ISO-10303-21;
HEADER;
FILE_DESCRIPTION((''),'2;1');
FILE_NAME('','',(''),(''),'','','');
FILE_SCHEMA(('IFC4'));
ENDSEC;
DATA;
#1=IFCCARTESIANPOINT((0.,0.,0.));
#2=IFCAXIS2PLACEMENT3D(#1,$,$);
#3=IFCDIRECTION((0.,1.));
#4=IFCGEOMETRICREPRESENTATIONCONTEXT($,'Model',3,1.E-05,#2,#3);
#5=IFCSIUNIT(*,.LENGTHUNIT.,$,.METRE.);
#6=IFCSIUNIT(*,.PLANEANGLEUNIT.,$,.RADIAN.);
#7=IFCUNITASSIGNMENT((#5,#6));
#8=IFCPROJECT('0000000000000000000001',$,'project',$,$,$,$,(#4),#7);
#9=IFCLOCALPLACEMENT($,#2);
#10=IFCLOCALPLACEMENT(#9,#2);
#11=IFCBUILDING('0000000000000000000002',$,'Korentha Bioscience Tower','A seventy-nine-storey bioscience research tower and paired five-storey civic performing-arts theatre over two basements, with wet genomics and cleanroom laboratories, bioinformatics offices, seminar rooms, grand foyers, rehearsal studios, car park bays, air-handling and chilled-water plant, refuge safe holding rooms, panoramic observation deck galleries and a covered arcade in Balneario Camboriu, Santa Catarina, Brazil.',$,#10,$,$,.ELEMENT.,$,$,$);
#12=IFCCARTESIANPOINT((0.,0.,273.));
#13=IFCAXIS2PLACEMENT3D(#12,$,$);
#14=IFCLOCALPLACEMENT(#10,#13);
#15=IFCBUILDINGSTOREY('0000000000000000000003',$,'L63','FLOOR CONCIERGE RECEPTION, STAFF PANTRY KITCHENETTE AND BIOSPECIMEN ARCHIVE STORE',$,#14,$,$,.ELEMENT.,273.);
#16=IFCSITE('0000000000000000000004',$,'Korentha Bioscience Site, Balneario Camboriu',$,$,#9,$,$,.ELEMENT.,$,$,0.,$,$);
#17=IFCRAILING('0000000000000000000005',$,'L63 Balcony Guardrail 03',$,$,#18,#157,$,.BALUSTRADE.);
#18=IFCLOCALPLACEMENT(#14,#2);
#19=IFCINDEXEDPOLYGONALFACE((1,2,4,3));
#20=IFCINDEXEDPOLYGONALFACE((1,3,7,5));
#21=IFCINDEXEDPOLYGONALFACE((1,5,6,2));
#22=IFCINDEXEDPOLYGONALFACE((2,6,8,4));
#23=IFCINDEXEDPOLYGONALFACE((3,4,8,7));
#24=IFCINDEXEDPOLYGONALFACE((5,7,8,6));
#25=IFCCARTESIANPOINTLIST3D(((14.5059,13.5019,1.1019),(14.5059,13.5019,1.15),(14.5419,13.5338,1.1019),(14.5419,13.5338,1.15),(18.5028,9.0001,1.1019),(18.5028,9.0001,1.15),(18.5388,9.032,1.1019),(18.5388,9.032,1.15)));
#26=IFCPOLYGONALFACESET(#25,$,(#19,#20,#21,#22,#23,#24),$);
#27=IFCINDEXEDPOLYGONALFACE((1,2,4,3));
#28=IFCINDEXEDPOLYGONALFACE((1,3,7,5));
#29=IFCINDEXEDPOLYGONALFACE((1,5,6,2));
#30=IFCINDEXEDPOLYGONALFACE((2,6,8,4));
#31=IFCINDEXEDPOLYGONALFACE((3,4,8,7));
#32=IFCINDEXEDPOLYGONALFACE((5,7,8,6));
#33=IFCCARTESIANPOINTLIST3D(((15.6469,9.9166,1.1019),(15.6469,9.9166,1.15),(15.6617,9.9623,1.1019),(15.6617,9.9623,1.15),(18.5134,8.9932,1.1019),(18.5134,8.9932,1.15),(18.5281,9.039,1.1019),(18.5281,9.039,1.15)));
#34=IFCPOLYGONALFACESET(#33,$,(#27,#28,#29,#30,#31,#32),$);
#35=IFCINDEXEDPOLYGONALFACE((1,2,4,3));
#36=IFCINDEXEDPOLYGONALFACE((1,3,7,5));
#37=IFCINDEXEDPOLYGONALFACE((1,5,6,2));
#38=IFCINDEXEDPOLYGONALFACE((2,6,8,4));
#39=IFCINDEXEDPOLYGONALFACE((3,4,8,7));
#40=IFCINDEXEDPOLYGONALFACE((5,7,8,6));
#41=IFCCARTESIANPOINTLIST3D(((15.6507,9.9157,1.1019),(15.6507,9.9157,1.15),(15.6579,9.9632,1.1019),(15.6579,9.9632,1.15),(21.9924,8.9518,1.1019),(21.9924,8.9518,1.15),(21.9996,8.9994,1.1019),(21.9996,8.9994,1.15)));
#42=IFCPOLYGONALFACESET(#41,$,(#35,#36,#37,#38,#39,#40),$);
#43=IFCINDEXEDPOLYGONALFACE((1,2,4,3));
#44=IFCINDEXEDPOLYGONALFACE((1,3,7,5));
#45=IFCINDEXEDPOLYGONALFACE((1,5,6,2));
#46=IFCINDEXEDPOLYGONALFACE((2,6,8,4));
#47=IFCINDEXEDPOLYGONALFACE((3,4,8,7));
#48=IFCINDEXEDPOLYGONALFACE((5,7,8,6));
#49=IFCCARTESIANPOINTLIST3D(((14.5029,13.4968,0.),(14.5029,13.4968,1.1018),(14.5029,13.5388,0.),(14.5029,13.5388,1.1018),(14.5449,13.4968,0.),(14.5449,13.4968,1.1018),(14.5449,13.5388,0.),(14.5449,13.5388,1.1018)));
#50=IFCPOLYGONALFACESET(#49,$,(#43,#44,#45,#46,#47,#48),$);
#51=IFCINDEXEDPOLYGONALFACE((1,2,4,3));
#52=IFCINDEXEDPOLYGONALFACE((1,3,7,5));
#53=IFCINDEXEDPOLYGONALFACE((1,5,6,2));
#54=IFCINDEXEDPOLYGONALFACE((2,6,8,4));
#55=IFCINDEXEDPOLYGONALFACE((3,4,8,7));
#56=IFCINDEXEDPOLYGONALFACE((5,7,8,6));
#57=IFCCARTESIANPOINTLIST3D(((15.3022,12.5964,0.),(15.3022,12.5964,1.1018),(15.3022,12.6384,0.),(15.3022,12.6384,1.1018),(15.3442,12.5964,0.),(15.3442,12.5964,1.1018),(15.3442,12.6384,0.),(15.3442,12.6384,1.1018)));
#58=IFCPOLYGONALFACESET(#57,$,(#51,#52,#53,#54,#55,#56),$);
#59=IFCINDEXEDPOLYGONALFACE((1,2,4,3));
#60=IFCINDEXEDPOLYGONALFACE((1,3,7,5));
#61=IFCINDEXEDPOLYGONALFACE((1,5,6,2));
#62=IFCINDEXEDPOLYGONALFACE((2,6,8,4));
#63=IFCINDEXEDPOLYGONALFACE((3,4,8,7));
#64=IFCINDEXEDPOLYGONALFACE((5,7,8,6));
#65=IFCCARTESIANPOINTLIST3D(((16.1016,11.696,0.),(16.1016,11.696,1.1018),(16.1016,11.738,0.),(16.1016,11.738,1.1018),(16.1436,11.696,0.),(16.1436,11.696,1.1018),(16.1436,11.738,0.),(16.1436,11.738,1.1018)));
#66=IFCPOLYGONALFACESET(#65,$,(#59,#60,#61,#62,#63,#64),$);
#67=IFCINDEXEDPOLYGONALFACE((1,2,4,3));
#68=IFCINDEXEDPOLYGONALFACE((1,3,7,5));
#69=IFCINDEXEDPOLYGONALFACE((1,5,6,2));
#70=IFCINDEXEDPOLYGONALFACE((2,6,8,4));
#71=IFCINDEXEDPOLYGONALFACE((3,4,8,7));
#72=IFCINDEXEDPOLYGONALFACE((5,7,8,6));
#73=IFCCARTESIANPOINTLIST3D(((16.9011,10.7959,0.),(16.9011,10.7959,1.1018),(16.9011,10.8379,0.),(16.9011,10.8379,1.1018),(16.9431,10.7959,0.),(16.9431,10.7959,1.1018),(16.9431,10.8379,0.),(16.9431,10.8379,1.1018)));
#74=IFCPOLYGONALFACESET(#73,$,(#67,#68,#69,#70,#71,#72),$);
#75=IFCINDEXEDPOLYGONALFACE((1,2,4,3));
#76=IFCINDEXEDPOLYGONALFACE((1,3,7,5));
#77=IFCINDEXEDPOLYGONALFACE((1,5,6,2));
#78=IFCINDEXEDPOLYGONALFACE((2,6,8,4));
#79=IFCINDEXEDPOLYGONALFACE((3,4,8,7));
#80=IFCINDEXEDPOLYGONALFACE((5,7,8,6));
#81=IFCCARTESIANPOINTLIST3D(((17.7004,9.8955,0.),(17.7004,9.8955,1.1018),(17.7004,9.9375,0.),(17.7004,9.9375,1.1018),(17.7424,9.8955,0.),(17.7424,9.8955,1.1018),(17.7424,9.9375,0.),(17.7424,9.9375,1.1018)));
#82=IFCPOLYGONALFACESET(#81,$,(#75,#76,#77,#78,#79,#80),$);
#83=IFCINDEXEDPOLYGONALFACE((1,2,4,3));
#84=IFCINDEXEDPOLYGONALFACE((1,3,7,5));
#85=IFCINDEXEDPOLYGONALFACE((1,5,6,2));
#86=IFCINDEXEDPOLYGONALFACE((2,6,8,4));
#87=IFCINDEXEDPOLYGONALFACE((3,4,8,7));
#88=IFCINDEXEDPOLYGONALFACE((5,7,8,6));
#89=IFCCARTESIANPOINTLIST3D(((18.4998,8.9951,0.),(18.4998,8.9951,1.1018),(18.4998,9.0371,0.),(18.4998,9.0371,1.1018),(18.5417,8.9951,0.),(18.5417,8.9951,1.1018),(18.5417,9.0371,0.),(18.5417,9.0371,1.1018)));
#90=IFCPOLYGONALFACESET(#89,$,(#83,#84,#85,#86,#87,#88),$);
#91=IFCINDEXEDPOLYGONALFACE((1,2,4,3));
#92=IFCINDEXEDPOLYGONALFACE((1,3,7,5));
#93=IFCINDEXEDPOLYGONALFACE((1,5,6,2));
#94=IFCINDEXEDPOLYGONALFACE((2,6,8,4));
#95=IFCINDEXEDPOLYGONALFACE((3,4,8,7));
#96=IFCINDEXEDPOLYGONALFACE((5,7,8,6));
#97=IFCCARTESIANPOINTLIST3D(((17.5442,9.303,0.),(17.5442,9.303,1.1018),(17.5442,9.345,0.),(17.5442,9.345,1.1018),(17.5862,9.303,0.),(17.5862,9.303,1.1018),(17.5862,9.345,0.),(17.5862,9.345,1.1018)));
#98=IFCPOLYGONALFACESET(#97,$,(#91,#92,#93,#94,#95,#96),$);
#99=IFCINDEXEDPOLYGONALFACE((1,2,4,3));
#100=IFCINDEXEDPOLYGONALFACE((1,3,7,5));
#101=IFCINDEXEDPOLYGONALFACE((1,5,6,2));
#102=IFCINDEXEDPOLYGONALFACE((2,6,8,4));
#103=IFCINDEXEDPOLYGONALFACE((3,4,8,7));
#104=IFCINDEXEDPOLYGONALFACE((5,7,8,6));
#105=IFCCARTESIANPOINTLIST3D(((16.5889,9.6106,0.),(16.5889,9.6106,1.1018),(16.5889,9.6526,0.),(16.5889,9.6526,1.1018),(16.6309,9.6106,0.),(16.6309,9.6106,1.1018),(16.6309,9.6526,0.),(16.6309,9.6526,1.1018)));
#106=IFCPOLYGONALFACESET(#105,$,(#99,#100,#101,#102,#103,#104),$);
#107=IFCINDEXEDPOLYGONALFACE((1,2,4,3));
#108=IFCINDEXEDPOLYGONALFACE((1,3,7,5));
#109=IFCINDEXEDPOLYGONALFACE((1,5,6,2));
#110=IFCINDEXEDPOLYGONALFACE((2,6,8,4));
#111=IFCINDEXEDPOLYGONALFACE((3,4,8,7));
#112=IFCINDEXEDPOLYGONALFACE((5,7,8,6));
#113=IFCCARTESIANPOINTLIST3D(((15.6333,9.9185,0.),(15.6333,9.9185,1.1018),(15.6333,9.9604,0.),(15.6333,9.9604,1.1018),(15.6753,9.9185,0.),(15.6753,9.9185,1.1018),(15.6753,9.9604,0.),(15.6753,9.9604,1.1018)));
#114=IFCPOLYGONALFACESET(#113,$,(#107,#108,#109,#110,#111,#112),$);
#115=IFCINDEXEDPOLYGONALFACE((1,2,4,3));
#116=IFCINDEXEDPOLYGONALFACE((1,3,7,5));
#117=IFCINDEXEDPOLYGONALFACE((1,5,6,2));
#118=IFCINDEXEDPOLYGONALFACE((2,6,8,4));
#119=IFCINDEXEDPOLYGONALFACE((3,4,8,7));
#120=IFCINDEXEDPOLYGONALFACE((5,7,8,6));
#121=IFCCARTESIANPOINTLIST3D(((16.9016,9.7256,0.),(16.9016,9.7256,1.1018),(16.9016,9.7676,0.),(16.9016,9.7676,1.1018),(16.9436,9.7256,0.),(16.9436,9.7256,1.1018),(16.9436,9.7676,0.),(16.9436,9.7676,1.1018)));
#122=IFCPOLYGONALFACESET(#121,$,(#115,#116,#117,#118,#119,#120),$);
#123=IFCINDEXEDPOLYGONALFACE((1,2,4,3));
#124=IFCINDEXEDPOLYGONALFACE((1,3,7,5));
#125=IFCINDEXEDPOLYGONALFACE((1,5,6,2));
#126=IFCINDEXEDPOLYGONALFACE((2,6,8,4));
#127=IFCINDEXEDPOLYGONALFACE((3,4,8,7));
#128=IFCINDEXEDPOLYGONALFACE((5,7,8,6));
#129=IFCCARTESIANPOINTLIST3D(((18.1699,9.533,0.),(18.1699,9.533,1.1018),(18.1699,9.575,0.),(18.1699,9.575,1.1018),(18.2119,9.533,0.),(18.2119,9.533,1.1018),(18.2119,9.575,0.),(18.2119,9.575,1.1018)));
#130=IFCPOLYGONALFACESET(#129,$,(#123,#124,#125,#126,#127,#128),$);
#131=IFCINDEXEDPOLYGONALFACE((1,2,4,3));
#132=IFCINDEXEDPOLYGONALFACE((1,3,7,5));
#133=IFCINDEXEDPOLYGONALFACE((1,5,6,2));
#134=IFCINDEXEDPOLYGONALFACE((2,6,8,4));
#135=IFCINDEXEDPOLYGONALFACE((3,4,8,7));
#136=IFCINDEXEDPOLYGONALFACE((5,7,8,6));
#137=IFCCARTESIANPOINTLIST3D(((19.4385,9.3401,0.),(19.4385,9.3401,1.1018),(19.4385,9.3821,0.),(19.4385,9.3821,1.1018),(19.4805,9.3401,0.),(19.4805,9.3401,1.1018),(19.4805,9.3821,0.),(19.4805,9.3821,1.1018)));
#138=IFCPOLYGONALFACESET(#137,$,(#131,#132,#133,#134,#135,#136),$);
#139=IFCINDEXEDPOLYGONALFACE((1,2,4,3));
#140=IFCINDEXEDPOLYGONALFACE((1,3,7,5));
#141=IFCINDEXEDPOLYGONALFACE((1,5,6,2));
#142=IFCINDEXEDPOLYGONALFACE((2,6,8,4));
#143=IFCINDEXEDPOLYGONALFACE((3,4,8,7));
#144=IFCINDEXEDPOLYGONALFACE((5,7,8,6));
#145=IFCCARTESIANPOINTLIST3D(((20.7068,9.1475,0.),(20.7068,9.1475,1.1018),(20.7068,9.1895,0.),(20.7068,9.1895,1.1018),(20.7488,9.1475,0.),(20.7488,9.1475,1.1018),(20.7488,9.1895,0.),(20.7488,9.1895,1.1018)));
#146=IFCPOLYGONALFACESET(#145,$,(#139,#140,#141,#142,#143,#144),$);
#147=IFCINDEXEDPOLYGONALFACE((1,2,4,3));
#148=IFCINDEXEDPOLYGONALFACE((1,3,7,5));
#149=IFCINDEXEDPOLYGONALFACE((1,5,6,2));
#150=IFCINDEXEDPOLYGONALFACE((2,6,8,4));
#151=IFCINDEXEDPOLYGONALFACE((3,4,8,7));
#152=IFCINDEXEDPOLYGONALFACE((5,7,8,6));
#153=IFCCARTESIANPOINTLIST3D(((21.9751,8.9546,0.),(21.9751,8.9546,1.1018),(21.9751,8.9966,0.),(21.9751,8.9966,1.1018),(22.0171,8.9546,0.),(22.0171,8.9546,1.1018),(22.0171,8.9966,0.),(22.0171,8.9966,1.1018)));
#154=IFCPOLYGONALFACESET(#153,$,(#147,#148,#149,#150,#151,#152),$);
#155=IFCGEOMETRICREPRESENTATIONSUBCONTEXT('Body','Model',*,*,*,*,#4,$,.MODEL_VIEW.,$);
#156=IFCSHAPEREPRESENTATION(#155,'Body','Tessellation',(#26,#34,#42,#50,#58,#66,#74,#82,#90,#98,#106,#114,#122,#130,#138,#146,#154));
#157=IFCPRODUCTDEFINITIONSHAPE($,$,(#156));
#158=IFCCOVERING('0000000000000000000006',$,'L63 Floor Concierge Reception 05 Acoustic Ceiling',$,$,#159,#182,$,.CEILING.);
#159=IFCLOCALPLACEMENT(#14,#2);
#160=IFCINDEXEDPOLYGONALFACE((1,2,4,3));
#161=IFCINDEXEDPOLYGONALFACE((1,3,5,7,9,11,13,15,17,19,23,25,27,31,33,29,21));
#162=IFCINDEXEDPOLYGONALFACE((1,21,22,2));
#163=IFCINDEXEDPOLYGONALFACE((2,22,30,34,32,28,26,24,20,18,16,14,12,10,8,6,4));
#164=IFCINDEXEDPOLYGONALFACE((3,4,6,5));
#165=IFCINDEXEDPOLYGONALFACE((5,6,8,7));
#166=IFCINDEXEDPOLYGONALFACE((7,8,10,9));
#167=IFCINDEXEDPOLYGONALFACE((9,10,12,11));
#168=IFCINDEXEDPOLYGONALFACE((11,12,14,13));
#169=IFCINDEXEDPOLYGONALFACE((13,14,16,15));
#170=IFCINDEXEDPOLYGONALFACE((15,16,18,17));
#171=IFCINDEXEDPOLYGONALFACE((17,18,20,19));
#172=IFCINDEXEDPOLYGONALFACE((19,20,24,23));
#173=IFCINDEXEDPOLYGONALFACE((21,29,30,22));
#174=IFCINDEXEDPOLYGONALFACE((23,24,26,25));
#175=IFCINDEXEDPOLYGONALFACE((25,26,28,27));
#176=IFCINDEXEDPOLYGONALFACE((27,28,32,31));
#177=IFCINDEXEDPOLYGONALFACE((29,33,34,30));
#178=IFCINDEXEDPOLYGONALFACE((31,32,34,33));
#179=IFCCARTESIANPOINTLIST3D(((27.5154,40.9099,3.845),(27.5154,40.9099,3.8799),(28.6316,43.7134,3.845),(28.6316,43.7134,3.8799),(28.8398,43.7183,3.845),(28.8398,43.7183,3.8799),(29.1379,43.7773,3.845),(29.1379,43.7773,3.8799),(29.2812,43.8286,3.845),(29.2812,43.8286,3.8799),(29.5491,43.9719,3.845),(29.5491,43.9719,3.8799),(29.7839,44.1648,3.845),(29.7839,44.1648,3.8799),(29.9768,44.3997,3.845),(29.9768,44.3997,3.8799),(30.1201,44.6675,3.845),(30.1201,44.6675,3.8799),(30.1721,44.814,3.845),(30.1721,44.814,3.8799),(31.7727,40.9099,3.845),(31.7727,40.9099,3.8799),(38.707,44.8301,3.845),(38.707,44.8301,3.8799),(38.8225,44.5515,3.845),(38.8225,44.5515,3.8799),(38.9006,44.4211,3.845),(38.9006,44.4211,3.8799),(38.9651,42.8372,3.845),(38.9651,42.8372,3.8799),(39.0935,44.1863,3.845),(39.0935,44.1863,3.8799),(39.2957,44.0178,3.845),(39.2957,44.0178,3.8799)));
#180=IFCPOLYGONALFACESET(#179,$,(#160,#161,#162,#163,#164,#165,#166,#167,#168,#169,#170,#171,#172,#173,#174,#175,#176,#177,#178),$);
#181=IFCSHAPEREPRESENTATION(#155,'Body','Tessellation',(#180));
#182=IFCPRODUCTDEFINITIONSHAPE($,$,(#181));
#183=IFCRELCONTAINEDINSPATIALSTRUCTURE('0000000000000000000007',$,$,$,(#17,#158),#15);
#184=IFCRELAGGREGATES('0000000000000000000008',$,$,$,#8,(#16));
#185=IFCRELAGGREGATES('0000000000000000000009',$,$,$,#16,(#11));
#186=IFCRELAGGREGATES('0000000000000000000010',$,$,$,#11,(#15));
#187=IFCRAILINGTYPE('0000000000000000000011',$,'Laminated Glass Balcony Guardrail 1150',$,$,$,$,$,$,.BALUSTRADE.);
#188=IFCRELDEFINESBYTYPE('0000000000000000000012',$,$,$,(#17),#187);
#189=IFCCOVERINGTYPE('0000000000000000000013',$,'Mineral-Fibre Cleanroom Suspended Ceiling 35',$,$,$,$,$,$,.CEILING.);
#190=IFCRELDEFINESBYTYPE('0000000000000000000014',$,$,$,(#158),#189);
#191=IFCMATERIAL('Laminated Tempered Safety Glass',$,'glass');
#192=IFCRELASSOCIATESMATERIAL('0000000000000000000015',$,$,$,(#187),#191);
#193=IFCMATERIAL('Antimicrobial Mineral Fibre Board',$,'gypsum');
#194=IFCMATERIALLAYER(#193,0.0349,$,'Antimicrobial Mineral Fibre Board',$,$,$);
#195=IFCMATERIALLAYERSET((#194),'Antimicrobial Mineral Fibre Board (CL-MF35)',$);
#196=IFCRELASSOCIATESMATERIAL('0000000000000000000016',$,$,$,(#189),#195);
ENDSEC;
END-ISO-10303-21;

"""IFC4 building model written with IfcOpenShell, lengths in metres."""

from ifc_helpers import new_model, si_unit, direction, frame, origin, origin_2d, place, context, subcontext, project, spatial, polyline, rectangle, outline, extrude, material, layer, layer_set, type_object, element, save


model = new_model("IFC4")

# Units and contexts
model_context = context("Model", 3, precision=1e-05, world=origin(), true_north=direction((0.0, 1.0)))
body_context = subcontext(model_context, "Body", "Model", "MODEL_VIEW")
ifc_project = project(units=[si_unit("LENGTHUNIT", "METRE"), si_unit("PLANEANGLEUNIT", "RADIAN")], contexts=[model_context])

# Site, building, storey
site_placement = place(None, origin())
site = spatial("IfcSite", under=ifc_project, at=site_placement, Name="Korentha Bioscience Site, Balneario Camboriu", CompositionType="ELEMENT", RefElevation=0.0)
building_placement = place(site_placement, origin())
building = spatial("IfcBuilding", under=site, at=building_placement, Name="Korentha Bioscience Tower", Description="A seventy-nine-storey bioscience research tower and paired five-storey civic performing-arts theatre over two basements, with wet genomics and cleanroom laboratories, bioinformatics offices, seminar rooms, grand foyers, rehearsal studios, car park bays, air-handling and chilled-water plant, refuge safe holding rooms, panoramic observation deck galleries and a covered arcade in Balneario Camboriu, Santa Catarina, Brazil.", CompositionType="ELEMENT")
storey_placement = place(building_placement, frame((0.0, 0.0, 273.0)))
storey = spatial("IfcBuildingStorey", under=building, at=storey_placement, Name="L63", Description="FLOOR CONCIERGE RECEPTION, STAFF PANTRY KITCHENETTE AND BIOSPECIMEN ARCHIVE STORE", CompositionType="ELEMENT", Elevation=273.0)

# Railing
ifc_material_1 = material(Name="Laminated Tempered Safety Glass", Category="glass")
railing_type = type_object("IfcRailingType", Name="Laminated Glass Balcony Guardrail 1150", PredefinedType="BALUSTRADE", material=ifc_material_1)
railing_placement = place(storey_placement, frame((14.5239, 13.5178, 0.0)))
element("IfcRailing", 1, at=railing_placement, inside=storey, type_object=railing_type, Name="L63 Balcony Guardrail 03", PredefinedType="BALUSTRADE", context=body_context, shape_type="SweptSolid", body=[
    extrude(rectangle(XDim=0.0481, YDim=0.0481, at=origin_2d()), frame((0.0, 0.0, 1.126), z_axis=(0.663928, -0.747796, 0.0), x_axis=(0.747796, 0.663928, 0.0)), (0.0, 0.0, 1.0), 6.02),
    extrude(rectangle(XDim=0.0481, YDim=0.0481, at=origin_2d()), frame((3.9968, -4.5017, 1.126), z_axis=(-0.951837, 0.306605, 0.0), x_axis=(-0.306605, -0.951837, 0.0)), (0.0, 0.0, 1.0), 3.0115),
    extrude(rectangle(XDim=0.0481, YDim=0.0481, at=origin_2d()), frame((1.1304, -3.5784, 1.126), z_axis=(0.988646, -0.150261, 0.0), x_axis=(0.150261, 0.988646, 0.0)), (0.0, 0.0, 1.0), 6.4146),
    extrude(rectangle(XDim=0.042, YDim=0.042, at=origin_2d()), origin(), (0.0, 0.0, 1.0), 1.1018),
    extrude(rectangle(XDim=0.042, YDim=0.042, at=origin_2d()), frame((0.7993, -0.9004, 0.0)), (0.0, 0.0, 1.0), 1.1018),
    extrude(rectangle(XDim=0.042, YDim=0.042, at=origin_2d()), frame((1.5986, -1.8008, 0.0)), (0.0, 0.0, 1.0), 1.1018),
    extrude(rectangle(XDim=0.042, YDim=0.042, at=origin_2d()), frame((2.3982, -2.7009, 0.0)), (0.0, 0.0, 1.0), 1.1018),
    extrude(rectangle(XDim=0.042, YDim=0.042, at=origin_2d()), frame((3.1975, -3.6013, 0.0)), (0.0, 0.0, 1.0), 1.1018),
    extrude(rectangle(XDim=0.042, YDim=0.042, at=origin_2d()), frame((3.9968, -4.5017, 0.0)), (0.0, 0.0, 1.0), 1.1018),
    extrude(rectangle(XDim=0.042, YDim=0.042, at=origin_2d()), frame((3.0413, -4.1938, 0.0)), (0.0, 0.0, 1.0), 1.1018),
    extrude(rectangle(XDim=0.042, YDim=0.042, at=origin_2d()), frame((2.0859, -3.8862, 0.0)), (0.0, 0.0, 1.0), 1.1018),
    extrude(rectangle(XDim=0.042, YDim=0.042, at=origin_2d()), frame((1.1304, -3.5784, 0.0)), (0.0, 0.0, 1.0), 1.1018),
    extrude(rectangle(XDim=0.042, YDim=0.042, at=origin_2d()), frame((2.3987, -3.7712, 0.0)), (0.0, 0.0, 1.0), 1.1018),
    extrude(rectangle(XDim=0.042, YDim=0.042, at=origin_2d()), frame((3.667, -3.9639, 0.0)), (0.0, 0.0, 1.0), 1.1018),
    extrude(rectangle(XDim=0.042, YDim=0.042, at=origin_2d()), frame((4.9355, -4.1567, 0.0)), (0.0, 0.0, 1.0), 1.1018),
    extrude(rectangle(XDim=0.042, YDim=0.042, at=origin_2d()), frame((6.2039, -4.3494, 0.0)), (0.0, 0.0, 1.0), 1.1018),
    extrude(rectangle(XDim=0.042, YDim=0.042, at=origin_2d()), frame((7.4722, -4.5422, 0.0)), (0.0, 0.0, 1.0), 1.1018),
])

# Covering
ifc_material_2 = material(Name="Antimicrobial Mineral Fibre Board", Category="gypsum")
ifc_layer_1 = layer(ifc_material_2, 0.0349, Name="Antimicrobial Mineral Fibre Board")
ifc_layer_set_1 = layer_set([ifc_layer_1], Name="Antimicrobial Mineral Fibre Board (CL-MF35)")
covering_type_1 = type_object("IfcCoveringType", Name="Mineral-Fibre Cleanroom Suspended Ceiling 35", PredefinedType="CEILING", material=ifc_layer_set_1)
covering_1_placement = place(storey_placement, frame((0.0, 0.0, 3.845)))
element("IfcCovering", 2, at=covering_1_placement, inside=storey, type_object=covering_type_1, Name="L63 Floor Concierge Reception 05 Acoustic Ceiling", PredefinedType="CEILING", context=body_context, shape_type="SweptSolid", body=[
    extrude(outline(polyline([(27.5154, 40.9099), (28.6316, 43.7134), (28.8398, 43.7183), (29.1379, 43.7773), (29.2812, 43.8286), (29.5491, 43.9719), (29.7839, 44.1648), (29.9768, 44.3997), (30.1201, 44.6675), (30.1721, 44.814), (38.707, 44.8301), (38.8225, 44.5515), (38.9006, 44.4211), (39.0935, 44.1863), (39.2957, 44.0178), (38.9651, 42.8372), (31.7727, 40.9099), (27.5154, 40.9099)])), origin(), (0.0, 0.0, 1.0), 0.0349),
])

save(model, "model.ifc")
